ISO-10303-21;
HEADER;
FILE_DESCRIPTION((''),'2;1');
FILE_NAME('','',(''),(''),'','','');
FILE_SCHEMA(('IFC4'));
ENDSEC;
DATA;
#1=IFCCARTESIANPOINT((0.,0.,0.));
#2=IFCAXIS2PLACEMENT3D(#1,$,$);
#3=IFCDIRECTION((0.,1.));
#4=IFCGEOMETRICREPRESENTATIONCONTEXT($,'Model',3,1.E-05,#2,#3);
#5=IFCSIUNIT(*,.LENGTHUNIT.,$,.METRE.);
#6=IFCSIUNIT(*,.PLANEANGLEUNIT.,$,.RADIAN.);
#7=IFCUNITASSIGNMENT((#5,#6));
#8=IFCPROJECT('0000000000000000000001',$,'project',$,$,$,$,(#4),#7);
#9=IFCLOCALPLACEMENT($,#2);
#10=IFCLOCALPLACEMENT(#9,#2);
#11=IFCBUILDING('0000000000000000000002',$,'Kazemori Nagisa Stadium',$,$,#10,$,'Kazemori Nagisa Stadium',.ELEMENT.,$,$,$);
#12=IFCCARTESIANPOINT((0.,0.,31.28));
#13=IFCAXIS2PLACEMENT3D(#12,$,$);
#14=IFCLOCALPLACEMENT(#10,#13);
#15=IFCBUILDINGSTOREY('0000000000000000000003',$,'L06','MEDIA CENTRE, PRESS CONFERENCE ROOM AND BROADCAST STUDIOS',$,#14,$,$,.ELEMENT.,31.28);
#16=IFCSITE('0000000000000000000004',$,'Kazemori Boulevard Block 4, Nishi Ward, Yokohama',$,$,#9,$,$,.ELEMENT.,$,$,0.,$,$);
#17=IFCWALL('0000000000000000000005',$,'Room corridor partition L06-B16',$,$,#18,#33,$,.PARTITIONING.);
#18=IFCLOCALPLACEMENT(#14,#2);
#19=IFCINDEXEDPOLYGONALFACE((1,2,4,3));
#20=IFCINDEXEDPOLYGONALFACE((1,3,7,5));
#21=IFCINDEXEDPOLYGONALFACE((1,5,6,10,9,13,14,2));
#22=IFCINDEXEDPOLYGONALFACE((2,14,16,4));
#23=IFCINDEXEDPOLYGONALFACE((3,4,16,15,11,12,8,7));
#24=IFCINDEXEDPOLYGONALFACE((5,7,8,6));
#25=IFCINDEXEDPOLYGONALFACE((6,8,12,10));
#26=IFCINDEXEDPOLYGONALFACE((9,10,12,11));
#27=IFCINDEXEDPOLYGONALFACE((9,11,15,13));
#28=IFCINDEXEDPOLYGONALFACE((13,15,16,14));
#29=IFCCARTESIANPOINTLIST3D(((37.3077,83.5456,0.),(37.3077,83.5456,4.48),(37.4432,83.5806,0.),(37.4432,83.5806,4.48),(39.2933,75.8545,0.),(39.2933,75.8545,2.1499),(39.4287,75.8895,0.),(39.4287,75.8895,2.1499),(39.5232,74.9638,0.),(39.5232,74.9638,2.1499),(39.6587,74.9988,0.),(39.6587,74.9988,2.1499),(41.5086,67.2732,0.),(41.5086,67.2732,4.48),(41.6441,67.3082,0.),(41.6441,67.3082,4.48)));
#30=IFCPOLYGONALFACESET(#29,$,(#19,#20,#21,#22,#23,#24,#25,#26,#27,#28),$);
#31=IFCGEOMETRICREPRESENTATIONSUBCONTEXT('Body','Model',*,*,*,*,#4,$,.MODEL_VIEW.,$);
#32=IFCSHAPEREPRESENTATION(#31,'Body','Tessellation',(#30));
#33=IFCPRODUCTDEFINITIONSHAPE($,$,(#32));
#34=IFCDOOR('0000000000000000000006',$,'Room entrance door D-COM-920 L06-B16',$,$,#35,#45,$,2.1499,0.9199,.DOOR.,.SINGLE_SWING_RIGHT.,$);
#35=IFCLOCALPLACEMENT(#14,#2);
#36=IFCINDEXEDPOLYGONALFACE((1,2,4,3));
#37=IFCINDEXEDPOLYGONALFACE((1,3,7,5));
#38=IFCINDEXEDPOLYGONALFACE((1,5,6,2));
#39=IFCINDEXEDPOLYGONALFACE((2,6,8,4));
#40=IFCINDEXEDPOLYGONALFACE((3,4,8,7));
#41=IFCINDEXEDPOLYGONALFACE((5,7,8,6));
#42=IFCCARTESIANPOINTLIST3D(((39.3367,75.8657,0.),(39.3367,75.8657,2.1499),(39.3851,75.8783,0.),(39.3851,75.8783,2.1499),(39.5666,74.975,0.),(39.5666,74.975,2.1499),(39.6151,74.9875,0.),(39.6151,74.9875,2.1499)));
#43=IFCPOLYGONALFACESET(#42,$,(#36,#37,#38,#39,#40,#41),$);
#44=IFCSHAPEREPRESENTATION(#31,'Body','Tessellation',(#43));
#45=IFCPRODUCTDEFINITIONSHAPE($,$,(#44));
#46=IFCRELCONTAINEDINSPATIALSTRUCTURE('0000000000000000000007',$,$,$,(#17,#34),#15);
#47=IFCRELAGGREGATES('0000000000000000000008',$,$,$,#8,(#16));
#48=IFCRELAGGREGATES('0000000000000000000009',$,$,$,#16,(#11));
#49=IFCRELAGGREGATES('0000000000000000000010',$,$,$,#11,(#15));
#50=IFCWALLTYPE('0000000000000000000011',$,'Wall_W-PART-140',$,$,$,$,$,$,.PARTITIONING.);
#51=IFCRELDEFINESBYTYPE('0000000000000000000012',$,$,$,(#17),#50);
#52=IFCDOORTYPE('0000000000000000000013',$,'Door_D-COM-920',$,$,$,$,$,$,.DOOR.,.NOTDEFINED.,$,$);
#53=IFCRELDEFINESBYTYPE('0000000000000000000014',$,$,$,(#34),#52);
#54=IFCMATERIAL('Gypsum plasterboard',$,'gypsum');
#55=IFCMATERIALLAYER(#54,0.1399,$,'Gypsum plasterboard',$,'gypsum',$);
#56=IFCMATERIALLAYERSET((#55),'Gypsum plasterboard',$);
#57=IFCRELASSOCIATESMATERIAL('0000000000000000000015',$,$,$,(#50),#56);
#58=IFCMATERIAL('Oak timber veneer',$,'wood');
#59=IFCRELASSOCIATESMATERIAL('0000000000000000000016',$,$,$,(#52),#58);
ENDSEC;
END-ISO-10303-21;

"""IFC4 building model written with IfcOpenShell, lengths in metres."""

from ifc_helpers import new_model, si_unit, direction, frame, frame_2d, origin, place, context, subcontext, project, spatial, rectangle, extrude, material, layer, layer_set, type_object, element, fill, save


model = new_model("IFC4")

# Units and contexts
model_context = context("Model", 3, precision=1e-05, world=origin(), true_north=direction((0.0, 1.0)))
body_context = subcontext(model_context, "Body", "Model", "MODEL_VIEW")
ifc_project = project(units=[si_unit("LENGTHUNIT", "METRE"), si_unit("PLANEANGLEUNIT", "RADIAN")], contexts=[model_context])

# Site, building, storey
site_placement = place(None, origin())
site = spatial("IfcSite", under=ifc_project, at=site_placement, Name="Kazemori Boulevard Block 4, Nishi Ward, Yokohama", CompositionType="ELEMENT", RefElevation=0.0)
building_placement = place(site_placement, origin())
building = spatial("IfcBuilding", under=site, at=building_placement, Name="Kazemori Nagisa Stadium", LongName="Kazemori Nagisa Stadium", CompositionType="ELEMENT")
storey_placement = place(building_placement, frame((0.0, 0.0, 31.28)))
storey = spatial("IfcBuildingStorey", under=building, at=storey_placement, Name="L06", Description="MEDIA CENTRE, PRESS CONFERENCE ROOM AND BROADCAST STUDIOS", CompositionType="ELEMENT", Elevation=31.28)

# Wall, opening, door
ifc_material_1 = material(Name="Gypsum plasterboard", Category="gypsum")
ifc_layer_1 = layer(ifc_material_1, 0.1399, Name="Gypsum plasterboard", Category="gypsum")
ifc_layer_set_1 = layer_set([ifc_layer_1], Name="Gypsum plasterboard")
wall_type = type_object("IfcWallType", Name="Wall_W-PART-140", PredefinedType="PARTITIONING", material=ifc_layer_set_1)
wall_placement = place(storey_placement, frame((37.3755, 83.563, 0.0), z_axis=(0.0, 0.0, 1.0), x_axis=(0.249966, -0.968255, 0.0)))
wall = element("IfcWall", 1, at=wall_placement, inside=storey, type_object=wall_type, Name="Room corridor partition L06-B16", PredefinedType="PARTITIONING", context=body_context, shape_type="SweptSolid", body=[
    extrude(rectangle(XDim=16.8059, YDim=0.1399, at=frame_2d((8.4028, 0.0))), origin(), (0.0, 0.0, 1.0), 4.48),
])
opening_placement = place(wall_placement, frame((7.9431, 0.0, 0.0)))
opening = element("IfcOpeningElement", 2, at=opening_placement, cuts=wall, PredefinedType="OPENING", context=body_context, shape_type="SweptSolid", body=[
    extrude(rectangle(XDim=0.9199, YDim=2.1499, at=frame_2d((0.46, 1.075))), frame((0.0, 0.0798, 0.0), z_axis=(0.0, -1.0, 0.0), x_axis=(1.0, 0.0, 0.0)), (0.0, 0.0, 1.0), 0.1599),
])
ifc_material_2 = material(Name="Oak timber veneer", Category="wood")
door_type = type_object("IfcDoorType", Name="Door_D-COM-920", OperationType="NOTDEFINED", PredefinedType="DOOR", material=ifc_material_2)
door_placement = place(opening_placement, origin())
door = element("IfcDoor", 3, at=door_placement, inside=storey, type_object=door_type, Name="Room entrance door D-COM-920 L06-B16", OperationType="SINGLE_SWING_RIGHT", OverallHeight=2.1499, OverallWidth=0.9199, PredefinedType="DOOR", context=body_context, shape_type="SweptSolid", body=[
    extrude(rectangle(XDim=0.9199, YDim=2.1499, at=frame_2d((0.46, 1.075))), frame((0.0, 0.0249, 0.0), z_axis=(0.0, -1.0, 0.0), x_axis=(1.0, 0.0, 0.0)), (0.0, 0.0, 1.0), 0.05),
])
fill(opening, door)

save(model, "model.ifc")
